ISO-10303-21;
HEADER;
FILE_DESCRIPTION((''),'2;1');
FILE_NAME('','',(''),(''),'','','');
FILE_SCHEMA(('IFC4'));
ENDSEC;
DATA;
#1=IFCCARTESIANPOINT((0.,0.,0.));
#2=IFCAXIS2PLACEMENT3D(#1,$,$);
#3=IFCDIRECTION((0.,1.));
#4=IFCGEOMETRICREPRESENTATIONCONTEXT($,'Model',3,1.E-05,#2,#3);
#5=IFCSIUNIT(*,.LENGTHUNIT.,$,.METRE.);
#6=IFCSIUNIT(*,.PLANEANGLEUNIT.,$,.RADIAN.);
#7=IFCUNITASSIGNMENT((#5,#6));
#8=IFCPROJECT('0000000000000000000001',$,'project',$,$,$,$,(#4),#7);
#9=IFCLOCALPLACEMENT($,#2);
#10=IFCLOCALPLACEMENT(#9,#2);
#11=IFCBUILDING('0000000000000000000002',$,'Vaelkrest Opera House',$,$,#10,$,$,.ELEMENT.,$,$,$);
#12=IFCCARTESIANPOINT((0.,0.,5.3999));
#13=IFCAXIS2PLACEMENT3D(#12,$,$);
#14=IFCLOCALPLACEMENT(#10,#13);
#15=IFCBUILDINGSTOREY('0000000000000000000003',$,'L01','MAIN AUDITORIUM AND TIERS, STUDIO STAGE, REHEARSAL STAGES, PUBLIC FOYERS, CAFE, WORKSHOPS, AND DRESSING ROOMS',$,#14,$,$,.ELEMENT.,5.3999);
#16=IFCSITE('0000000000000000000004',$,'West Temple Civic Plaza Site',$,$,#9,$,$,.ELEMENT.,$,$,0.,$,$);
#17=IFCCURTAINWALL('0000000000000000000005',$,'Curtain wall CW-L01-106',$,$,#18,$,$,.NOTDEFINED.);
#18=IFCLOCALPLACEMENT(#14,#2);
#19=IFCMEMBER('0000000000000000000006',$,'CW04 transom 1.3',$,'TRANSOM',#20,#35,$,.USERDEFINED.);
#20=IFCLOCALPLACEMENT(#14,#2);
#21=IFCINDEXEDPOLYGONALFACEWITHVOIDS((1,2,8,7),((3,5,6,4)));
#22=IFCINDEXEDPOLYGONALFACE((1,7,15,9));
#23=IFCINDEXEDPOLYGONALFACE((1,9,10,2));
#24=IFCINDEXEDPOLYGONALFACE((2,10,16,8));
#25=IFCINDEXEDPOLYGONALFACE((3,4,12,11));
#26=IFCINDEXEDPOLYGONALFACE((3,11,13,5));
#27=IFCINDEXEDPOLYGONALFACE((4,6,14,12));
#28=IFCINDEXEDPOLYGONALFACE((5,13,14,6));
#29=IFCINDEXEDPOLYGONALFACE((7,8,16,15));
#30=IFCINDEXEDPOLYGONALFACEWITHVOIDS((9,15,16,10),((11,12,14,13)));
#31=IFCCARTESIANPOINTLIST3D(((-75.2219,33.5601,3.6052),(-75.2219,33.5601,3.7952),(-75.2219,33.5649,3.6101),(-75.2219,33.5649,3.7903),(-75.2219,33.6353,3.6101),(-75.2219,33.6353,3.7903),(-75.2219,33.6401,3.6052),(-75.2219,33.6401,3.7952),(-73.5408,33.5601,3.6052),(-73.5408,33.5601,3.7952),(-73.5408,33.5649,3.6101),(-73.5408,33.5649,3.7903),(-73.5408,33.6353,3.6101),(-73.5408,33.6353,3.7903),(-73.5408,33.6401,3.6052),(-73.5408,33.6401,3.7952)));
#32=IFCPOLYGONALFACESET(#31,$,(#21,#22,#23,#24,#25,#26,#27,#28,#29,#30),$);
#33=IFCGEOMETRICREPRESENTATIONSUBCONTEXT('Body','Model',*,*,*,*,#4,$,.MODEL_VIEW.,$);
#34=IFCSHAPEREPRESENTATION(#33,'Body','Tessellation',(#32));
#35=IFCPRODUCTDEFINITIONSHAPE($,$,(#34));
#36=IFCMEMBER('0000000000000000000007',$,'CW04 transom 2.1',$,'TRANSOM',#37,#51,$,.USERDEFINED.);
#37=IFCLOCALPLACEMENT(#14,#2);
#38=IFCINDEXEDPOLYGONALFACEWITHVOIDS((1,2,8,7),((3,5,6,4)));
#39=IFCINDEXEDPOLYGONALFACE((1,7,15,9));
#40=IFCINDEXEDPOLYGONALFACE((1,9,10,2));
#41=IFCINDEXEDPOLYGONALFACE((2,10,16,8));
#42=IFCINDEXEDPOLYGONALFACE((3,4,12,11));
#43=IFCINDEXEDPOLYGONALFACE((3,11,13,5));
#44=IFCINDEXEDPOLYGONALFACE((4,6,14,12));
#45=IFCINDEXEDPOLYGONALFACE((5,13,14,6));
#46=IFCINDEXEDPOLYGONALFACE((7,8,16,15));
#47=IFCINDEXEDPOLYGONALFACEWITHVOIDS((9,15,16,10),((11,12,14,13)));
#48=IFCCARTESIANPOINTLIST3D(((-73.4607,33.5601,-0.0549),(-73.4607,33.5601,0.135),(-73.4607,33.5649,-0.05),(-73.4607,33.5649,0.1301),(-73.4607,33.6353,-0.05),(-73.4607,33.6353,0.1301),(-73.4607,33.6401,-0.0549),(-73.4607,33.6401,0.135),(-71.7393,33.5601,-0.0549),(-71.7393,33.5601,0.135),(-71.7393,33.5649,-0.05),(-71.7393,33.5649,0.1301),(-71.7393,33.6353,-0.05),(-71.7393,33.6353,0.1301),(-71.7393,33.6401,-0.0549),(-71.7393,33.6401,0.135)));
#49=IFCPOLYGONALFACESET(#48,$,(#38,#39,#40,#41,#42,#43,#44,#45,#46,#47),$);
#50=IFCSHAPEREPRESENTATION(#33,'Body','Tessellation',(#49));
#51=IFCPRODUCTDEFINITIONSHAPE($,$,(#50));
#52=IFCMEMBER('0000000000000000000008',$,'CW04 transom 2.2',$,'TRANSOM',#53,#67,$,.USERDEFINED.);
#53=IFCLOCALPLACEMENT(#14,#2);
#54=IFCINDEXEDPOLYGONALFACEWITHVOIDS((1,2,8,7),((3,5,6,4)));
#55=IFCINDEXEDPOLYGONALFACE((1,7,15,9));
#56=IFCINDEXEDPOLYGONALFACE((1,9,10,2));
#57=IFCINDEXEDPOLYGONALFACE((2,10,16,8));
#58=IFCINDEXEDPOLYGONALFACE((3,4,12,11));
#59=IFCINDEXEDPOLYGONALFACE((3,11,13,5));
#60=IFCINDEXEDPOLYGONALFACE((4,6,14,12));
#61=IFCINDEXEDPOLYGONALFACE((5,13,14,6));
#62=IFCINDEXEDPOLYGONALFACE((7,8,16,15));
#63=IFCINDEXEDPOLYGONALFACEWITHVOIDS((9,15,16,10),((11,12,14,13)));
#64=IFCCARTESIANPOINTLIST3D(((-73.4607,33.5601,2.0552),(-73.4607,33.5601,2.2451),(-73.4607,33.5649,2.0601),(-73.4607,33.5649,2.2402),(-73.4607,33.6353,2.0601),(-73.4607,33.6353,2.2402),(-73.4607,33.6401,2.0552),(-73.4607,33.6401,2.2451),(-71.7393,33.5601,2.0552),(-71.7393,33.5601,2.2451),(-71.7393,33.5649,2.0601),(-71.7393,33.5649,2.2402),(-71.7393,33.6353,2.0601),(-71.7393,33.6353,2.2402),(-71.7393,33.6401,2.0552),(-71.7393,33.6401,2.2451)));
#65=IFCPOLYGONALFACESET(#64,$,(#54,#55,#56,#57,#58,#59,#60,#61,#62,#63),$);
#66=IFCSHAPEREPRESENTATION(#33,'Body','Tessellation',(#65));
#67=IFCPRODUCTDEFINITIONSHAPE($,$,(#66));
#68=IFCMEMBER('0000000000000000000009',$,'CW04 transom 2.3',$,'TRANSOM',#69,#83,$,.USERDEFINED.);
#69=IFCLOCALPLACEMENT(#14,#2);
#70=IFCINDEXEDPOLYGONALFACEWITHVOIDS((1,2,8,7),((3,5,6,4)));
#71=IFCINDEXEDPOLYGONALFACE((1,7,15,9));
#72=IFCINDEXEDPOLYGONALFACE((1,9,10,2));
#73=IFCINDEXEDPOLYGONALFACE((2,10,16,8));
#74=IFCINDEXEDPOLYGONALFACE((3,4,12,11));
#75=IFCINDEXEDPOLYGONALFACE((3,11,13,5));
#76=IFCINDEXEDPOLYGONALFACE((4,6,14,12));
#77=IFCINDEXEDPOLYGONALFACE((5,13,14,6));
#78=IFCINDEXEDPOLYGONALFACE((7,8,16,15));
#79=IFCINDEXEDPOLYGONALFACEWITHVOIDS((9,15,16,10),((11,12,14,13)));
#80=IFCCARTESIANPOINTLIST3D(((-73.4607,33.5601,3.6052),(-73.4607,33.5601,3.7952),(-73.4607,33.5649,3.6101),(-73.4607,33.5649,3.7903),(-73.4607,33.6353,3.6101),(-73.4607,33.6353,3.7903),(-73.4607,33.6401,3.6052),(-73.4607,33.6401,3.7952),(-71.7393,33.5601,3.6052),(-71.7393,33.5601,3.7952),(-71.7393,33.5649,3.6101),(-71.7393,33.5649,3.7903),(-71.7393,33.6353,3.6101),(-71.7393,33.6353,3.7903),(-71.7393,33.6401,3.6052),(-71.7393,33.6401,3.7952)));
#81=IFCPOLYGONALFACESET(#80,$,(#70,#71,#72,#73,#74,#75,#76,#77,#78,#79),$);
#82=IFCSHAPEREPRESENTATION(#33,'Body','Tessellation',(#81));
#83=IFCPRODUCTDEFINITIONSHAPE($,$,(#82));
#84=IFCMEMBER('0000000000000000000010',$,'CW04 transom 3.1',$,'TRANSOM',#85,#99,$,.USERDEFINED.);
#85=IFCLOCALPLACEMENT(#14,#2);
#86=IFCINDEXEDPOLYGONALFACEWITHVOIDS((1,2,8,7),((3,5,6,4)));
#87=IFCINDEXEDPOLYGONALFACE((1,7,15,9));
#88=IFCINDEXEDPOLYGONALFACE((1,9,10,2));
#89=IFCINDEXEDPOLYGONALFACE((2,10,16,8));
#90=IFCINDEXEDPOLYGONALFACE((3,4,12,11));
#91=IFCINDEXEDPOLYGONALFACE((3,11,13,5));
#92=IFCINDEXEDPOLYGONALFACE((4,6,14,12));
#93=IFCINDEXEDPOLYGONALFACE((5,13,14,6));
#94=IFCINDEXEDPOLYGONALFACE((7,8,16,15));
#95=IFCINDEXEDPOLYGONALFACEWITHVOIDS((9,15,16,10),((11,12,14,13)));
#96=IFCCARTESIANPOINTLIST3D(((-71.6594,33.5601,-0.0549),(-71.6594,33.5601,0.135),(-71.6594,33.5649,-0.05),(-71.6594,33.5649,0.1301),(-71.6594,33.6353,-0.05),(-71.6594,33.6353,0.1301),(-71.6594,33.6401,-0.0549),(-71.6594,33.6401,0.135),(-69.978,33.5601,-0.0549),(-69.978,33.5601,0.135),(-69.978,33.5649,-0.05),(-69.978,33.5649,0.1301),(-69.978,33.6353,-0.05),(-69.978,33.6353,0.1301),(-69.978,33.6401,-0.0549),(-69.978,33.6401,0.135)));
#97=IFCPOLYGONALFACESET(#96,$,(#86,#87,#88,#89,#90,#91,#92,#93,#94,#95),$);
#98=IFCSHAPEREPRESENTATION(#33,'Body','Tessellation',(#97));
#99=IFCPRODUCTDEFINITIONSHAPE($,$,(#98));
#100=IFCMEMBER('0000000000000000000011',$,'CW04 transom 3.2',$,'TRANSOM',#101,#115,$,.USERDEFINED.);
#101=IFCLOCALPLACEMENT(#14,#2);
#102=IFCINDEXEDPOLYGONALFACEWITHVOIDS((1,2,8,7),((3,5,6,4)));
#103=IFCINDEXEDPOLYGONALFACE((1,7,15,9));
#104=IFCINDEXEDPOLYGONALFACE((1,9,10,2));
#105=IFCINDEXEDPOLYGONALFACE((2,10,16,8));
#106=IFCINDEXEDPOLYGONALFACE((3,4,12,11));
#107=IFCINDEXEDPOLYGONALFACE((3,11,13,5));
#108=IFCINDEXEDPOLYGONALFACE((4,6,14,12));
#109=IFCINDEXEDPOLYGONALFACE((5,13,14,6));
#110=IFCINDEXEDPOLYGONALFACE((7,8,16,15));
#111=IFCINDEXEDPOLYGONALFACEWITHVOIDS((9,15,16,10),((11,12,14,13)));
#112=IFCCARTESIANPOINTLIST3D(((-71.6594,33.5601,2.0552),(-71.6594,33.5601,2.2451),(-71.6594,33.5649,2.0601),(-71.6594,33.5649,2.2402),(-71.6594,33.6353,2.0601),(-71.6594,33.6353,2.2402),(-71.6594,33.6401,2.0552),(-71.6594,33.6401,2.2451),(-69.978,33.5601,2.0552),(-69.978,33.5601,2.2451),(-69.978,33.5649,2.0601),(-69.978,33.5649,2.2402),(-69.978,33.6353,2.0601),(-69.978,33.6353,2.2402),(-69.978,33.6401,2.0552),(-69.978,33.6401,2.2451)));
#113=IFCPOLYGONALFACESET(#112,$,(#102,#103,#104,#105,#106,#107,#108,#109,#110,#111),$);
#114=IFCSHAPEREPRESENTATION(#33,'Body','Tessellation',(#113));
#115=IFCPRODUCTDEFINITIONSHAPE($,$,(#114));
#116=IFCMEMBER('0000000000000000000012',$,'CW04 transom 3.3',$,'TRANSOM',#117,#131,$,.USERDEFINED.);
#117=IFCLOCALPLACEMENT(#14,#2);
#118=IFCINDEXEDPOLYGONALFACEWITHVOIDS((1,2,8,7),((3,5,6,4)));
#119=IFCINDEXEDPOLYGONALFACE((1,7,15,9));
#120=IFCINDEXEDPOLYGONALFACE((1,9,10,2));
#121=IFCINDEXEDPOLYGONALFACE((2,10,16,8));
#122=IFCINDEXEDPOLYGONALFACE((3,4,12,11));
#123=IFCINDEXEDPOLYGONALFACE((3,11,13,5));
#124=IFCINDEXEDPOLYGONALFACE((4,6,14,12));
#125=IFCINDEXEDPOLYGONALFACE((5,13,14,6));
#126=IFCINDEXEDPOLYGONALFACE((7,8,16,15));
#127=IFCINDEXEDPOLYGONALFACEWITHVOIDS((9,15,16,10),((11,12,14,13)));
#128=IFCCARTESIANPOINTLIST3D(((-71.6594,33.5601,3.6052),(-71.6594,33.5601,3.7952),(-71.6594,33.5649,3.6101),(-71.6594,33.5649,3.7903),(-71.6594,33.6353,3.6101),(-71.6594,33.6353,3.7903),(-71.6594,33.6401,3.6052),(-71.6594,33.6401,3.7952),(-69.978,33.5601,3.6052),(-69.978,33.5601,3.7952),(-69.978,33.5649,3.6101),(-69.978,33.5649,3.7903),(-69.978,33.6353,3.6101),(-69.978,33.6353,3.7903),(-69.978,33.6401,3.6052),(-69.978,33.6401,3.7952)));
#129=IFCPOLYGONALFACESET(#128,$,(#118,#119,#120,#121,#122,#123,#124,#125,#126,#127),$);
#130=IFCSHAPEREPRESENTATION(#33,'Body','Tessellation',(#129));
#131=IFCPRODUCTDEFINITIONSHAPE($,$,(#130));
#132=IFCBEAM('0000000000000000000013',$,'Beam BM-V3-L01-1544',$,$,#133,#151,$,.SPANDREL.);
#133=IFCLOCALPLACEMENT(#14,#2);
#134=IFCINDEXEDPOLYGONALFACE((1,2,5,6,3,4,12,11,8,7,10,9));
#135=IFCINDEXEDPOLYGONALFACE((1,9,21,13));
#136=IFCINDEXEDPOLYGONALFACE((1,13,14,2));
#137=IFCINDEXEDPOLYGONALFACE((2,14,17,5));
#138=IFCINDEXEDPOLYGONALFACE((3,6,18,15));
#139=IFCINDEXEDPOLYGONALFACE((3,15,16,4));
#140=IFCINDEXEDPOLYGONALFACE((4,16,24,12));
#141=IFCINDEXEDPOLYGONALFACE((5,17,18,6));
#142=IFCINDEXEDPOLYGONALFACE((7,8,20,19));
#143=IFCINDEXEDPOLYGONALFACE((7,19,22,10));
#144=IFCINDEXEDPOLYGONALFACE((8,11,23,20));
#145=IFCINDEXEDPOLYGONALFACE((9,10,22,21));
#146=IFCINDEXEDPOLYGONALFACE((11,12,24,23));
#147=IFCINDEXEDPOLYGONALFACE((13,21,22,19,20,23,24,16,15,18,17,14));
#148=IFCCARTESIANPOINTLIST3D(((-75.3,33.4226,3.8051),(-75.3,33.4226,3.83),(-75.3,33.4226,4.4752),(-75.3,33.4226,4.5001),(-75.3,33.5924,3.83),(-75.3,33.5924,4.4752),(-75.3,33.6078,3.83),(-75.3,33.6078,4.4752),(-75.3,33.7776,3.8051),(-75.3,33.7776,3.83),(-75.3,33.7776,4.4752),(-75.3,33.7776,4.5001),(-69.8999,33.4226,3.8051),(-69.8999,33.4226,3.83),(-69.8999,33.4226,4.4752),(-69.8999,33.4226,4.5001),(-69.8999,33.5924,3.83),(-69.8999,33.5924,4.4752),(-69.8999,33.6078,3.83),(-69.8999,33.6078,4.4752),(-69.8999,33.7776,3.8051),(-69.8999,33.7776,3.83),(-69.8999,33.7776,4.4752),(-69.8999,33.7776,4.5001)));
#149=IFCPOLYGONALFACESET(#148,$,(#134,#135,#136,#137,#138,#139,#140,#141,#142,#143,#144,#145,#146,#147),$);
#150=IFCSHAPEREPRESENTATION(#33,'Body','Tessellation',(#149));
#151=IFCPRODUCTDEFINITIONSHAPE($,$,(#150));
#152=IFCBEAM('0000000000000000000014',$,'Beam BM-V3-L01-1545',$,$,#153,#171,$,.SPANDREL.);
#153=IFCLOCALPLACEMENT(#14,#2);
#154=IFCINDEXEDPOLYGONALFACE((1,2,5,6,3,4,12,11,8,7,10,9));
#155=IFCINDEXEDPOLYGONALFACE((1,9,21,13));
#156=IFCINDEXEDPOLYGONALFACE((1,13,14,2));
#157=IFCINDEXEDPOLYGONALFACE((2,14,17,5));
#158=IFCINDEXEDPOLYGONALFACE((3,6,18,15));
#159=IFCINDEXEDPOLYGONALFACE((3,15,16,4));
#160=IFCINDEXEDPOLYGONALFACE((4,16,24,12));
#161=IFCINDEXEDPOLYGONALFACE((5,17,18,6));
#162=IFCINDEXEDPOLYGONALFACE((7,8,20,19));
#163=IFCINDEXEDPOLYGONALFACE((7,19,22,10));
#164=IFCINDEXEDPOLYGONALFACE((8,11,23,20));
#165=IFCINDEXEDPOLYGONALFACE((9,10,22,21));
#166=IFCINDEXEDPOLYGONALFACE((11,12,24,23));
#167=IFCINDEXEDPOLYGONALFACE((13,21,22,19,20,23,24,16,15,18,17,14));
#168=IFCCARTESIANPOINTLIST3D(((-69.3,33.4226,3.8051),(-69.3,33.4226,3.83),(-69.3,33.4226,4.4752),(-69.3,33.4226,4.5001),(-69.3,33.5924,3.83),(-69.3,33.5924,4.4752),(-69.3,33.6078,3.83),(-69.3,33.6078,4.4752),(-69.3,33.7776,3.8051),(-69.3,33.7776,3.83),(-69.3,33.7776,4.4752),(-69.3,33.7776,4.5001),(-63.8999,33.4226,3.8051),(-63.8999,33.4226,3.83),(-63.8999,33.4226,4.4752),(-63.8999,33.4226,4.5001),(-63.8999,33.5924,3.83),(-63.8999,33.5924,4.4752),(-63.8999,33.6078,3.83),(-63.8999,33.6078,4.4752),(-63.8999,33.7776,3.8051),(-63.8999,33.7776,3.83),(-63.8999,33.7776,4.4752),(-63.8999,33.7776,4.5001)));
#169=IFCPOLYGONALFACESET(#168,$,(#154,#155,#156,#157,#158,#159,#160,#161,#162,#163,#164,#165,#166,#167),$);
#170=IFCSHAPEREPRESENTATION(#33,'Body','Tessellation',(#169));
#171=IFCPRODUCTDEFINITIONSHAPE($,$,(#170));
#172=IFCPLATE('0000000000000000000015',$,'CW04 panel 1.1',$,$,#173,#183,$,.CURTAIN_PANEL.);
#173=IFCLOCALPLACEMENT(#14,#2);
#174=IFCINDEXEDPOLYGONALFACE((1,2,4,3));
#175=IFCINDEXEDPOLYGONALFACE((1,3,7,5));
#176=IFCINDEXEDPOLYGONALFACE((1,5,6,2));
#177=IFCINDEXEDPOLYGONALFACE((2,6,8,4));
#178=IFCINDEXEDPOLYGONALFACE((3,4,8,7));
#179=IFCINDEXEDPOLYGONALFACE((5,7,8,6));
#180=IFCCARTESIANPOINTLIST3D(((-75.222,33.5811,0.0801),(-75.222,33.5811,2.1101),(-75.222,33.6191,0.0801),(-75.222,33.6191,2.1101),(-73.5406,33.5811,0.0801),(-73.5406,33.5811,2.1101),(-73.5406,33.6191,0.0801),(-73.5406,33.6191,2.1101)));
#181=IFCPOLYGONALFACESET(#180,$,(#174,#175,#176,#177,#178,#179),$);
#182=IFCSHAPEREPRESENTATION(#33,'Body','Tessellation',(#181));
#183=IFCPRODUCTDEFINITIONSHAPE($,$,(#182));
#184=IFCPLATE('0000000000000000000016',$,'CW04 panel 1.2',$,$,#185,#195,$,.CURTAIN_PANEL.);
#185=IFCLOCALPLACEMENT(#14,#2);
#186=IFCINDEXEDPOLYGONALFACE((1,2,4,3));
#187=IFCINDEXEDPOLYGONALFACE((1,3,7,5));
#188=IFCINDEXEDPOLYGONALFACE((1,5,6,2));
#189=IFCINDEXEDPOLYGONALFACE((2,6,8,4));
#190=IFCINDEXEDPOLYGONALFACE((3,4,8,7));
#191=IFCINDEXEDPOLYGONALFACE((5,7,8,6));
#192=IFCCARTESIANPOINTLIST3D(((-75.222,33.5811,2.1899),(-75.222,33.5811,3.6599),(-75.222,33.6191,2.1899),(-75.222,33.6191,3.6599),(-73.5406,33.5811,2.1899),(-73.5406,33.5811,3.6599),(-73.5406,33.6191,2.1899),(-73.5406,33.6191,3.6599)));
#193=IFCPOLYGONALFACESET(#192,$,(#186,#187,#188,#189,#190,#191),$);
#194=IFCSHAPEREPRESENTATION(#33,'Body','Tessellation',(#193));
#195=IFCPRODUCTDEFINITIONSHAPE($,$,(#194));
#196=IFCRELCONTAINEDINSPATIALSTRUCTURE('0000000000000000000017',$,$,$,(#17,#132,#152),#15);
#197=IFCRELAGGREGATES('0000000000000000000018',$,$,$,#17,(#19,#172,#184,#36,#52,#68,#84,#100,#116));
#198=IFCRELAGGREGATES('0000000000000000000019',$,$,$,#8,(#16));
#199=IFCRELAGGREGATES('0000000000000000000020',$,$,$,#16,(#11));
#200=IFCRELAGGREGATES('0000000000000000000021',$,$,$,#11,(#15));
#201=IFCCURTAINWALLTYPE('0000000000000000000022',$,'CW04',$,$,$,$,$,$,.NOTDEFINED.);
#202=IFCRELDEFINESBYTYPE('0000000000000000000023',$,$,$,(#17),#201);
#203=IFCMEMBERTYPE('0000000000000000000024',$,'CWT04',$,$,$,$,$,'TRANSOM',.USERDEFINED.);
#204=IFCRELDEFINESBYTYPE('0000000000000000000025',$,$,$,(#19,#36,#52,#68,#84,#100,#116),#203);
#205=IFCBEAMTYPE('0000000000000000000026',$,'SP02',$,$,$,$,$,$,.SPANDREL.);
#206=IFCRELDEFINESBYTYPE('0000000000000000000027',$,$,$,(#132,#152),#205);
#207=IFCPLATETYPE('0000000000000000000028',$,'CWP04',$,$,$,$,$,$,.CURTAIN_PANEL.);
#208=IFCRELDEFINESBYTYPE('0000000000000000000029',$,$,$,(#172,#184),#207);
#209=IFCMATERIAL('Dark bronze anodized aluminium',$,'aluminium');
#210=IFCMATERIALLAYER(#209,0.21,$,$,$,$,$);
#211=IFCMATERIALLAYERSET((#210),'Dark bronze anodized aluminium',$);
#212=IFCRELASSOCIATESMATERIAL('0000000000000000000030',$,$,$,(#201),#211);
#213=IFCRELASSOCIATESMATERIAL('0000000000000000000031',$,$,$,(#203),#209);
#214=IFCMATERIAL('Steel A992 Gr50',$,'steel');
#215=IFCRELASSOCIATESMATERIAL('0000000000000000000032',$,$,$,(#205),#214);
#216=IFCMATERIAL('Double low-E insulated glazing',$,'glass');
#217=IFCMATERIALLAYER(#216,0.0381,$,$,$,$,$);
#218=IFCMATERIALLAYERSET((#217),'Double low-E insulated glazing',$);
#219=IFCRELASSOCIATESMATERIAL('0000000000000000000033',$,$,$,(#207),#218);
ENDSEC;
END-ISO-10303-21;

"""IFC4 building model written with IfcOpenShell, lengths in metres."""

from ifc_helpers import new_model, si_unit, direction, frame, origin, origin_2d, place, context, subcontext, project, spatial, rectangle, hollow_rectangle, i_section, extrude, material, layer, layer_set, material_profile, profile_set, type_object, element, aggregate, save


model = new_model("IFC4")

# Units and contexts
model_context = context("Model", 3, precision=1e-05, world=origin(), true_north=direction((0.0, 1.0)))
body_context = subcontext(model_context, "Body", "Model", "MODEL_VIEW")
ifc_project = project(units=[si_unit("LENGTHUNIT", "METRE"), si_unit("PLANEANGLEUNIT", "RADIAN")], contexts=[model_context])

# Site, building, storey
site_placement = place(None, origin())
site = spatial("IfcSite", under=ifc_project, at=site_placement, Name="West Temple Civic Plaza Site", CompositionType="ELEMENT", RefElevation=0.0)
building_placement = place(site_placement, origin())
building = spatial("IfcBuilding", under=site, at=building_placement, Name="Vaelkrest Opera House", CompositionType="ELEMENT")
storey_placement = place(building_placement, frame((0.0, 0.0, 5.3999)))
storey = spatial("IfcBuildingStorey", under=building, at=storey_placement, Name="L01", Description="MAIN AUDITORIUM AND TIERS, STUDIO STAGE, REHEARSAL STAGES, PUBLIC FOYERS, CAFE, WORKSHOPS, AND DRESSING ROOMS", CompositionType="ELEMENT", Elevation=5.3999)

# Shared definitions
ifc_material_1 = material(Name="Dark bronze anodized aluminium", Category="aluminium")

# Curtain wall
ifc_layer_1 = layer(ifc_material_1, 0.21)
ifc_layer_set_1 = layer_set([ifc_layer_1], Name="Dark bronze anodized aluminium")
curtain_wall_type_1 = type_object("IfcCurtainWallType", Name="CW04", PredefinedType="NOTDEFINED", material=ifc_layer_set_1)
curtain_wall_1_placement = place(storey_placement, origin())
curtain_wall_1 = element("IfcCurtainWall", 1, at=curtain_wall_1_placement, inside=storey, type_object=curtain_wall_type_1, Name="Curtain wall CW-L01-106", PredefinedType="NOTDEFINED")

# Members
ifc_material_profile_1 = material_profile(ifc_material_1, hollow_rectangle(XDim=0.0801, YDim=0.1899, WallThickness=0.0049, at=origin_2d()), Name="CWT80X190")
ifc_profile_set_1 = profile_set([ifc_material_profile_1], Name="Dark bronze anodized aluminium")
member_type_1 = type_object("IfcMemberType", Name="CWT04", ElementType="TRANSOM", PredefinedType="USERDEFINED", material=ifc_profile_set_1)
member_1_placement = place(storey_placement, frame((-75.2219, 33.6001, 3.7002), z_axis=(1.0, 0.0, 0.0), x_axis=(0.0, 1.0, 0.0)))
member_1 = element("IfcMember", 2, at=member_1_placement, type_object=member_type_1, Name="CW04 transom 1.3", ObjectType="TRANSOM", PredefinedType="USERDEFINED", context=body_context, shape_type="SweptSolid", body=[
    extrude(hollow_rectangle(XDim=0.0801, YDim=0.1899, WallThickness=0.0049, at=origin_2d()), origin(), (0.0, 0.0, 1.0), 1.6812),
])
member_2_placement = place(storey_placement, frame((-73.4607, 33.6001, 0.04), z_axis=(1.0, 0.0, 0.0), x_axis=(0.0, 1.0, 0.0)))
member_2 = element("IfcMember", 3, at=member_2_placement, type_object=member_type_1, Name="CW04 transom 2.1", ObjectType="TRANSOM", PredefinedType="USERDEFINED", context=body_context, shape_type="SweptSolid", body=[
    extrude(hollow_rectangle(XDim=0.0801, YDim=0.1899, WallThickness=0.0049, at=origin_2d()), origin(), (0.0, 0.0, 1.0), 1.7214),
])
member_3_placement = place(storey_placement, frame((-73.4607, 33.6001, 2.1501), z_axis=(1.0, 0.0, 0.0), x_axis=(0.0, 1.0, 0.0)))
member_3 = element("IfcMember", 4, at=member_3_placement, type_object=member_type_1, Name="CW04 transom 2.2", ObjectType="TRANSOM", PredefinedType="USERDEFINED", context=body_context, shape_type="SweptSolid", body=[
    extrude(hollow_rectangle(XDim=0.0801, YDim=0.1899, WallThickness=0.0049, at=origin_2d()), origin(), (0.0, 0.0, 1.0), 1.7214),
])
member_4_placement = place(storey_placement, frame((-73.4607, 33.6001, 3.7002), z_axis=(1.0, 0.0, 0.0), x_axis=(0.0, 1.0, 0.0)))
member_4 = element("IfcMember", 5, at=member_4_placement, type_object=member_type_1, Name="CW04 transom 2.3", ObjectType="TRANSOM", PredefinedType="USERDEFINED", context=body_context, shape_type="SweptSolid", body=[
    extrude(hollow_rectangle(XDim=0.0801, YDim=0.1899, WallThickness=0.0049, at=origin_2d()), origin(), (0.0, 0.0, 1.0), 1.7214),
])
member_5_placement = place(storey_placement, frame((-71.6594, 33.6001, 0.04), z_axis=(1.0, 0.0, 0.0), x_axis=(0.0, 1.0, 0.0)))
member_5 = element("IfcMember", 6, at=member_5_placement, type_object=member_type_1, Name="CW04 transom 3.1", ObjectType="TRANSOM", PredefinedType="USERDEFINED", context=body_context, shape_type="SweptSolid", body=[
    extrude(hollow_rectangle(XDim=0.0801, YDim=0.1899, WallThickness=0.0049, at=origin_2d()), origin(), (0.0, 0.0, 1.0), 1.6814),
])
member_6_placement = place(storey_placement, frame((-71.6594, 33.6001, 2.1501), z_axis=(1.0, 0.0, 0.0), x_axis=(0.0, 1.0, 0.0)))
member_6 = element("IfcMember", 7, at=member_6_placement, type_object=member_type_1, Name="CW04 transom 3.2", ObjectType="TRANSOM", PredefinedType="USERDEFINED", context=body_context, shape_type="SweptSolid", body=[
    extrude(hollow_rectangle(XDim=0.0801, YDim=0.1899, WallThickness=0.0049, at=origin_2d()), origin(), (0.0, 0.0, 1.0), 1.6814),
])
member_7_placement = place(storey_placement, frame((-71.6594, 33.6001, 3.7002), z_axis=(1.0, 0.0, 0.0), x_axis=(0.0, 1.0, 0.0)))
member_7 = element("IfcMember", 8, at=member_7_placement, type_object=member_type_1, Name="CW04 transom 3.3", ObjectType="TRANSOM", PredefinedType="USERDEFINED", context=body_context, shape_type="SweptSolid", body=[
    extrude(hollow_rectangle(XDim=0.0801, YDim=0.1899, WallThickness=0.0049, at=origin_2d()), origin(), (0.0, 0.0, 1.0), 1.6814),
])

# Beams
ifc_material_2 = material(Name="Steel A992 Gr50", Category="steel")
ifc_material_profile_2 = material_profile(ifc_material_2, i_section(OverallWidth=0.355, OverallDepth=0.6951, WebThickness=0.0154, FlangeThickness=0.0249, at=origin_2d()), Name="W27X146")
ifc_profile_set_2 = profile_set([ifc_material_profile_2], Name="Steel A992 Gr50")
beam_type = type_object("IfcBeamType", Name="SP02", PredefinedType="SPANDREL", material=ifc_profile_set_2)
for number, where, z_axis, x_axis, name in (
    (9, (-75.3, 33.6001, 4.1526), (1.0, 0.0, 0.0), (0.0, 1.0, 0.0), "Beam BM-V3-L01-1544"),
    (10, (-69.3, 33.6001, 4.1526), (1.0, 0.0, 0.0), (0.0, 1.0, 0.0), "Beam BM-V3-L01-1545"),
):
    element("IfcBeam", number, at=place(storey_placement, frame(where, z_axis=z_axis, x_axis=x_axis)), inside=storey, type_object=beam_type, Name=name, PredefinedType="SPANDREL", context=body_context, shape_type="SweptSolid", body=[
        extrude(i_section(OverallWidth=0.355, OverallDepth=0.6951, WebThickness=0.0154, FlangeThickness=0.0249, at=origin_2d()), origin(), (0.0, 0.0, 1.0), 5.4001),
    ])

# Plates
ifc_material_3 = material(Name="Double low-E insulated glazing", Category="glass")
ifc_layer_2 = layer(ifc_material_3, 0.0381)
ifc_layer_set_2 = layer_set([ifc_layer_2], Name="Double low-E insulated glazing")
plate_type_1 = type_object("IfcPlateType", Name="CWP04", PredefinedType="CURTAIN_PANEL", material=ifc_layer_set_2)
plate_1_placement = place(storey_placement, frame((-74.3813, 33.6001, 0.0801), z_axis=(0.0, 0.0, 1.0), x_axis=(1.0, 0.0, 0.0)))
plate_1 = element("IfcPlate", 11, at=plate_1_placement, type_object=plate_type_1, Name="CW04 panel 1.1", PredefinedType="CURTAIN_PANEL", context=body_context, shape_type="SweptSolid", body=[
    extrude(rectangle(XDim=1.6814, YDim=0.0381, at=origin_2d()), origin(), (0.0, 0.0, 1.0), 2.03),
])
plate_2_placement = place(storey_placement, frame((-74.3813, 33.6001, 2.1899), z_axis=(0.0, 0.0, 1.0), x_axis=(1.0, 0.0, 0.0)))
plate_2 = element("IfcPlate", 12, at=plate_2_placement, type_object=plate_type_1, Name="CW04 panel 1.2", PredefinedType="CURTAIN_PANEL", context=body_context, shape_type="SweptSolid", body=[
    extrude(rectangle(XDim=1.6814, YDim=0.0381, at=origin_2d()), origin(), (0.0, 0.0, 1.0), 1.47),
])
aggregate(curtain_wall_1, [member_1, plate_1, plate_2, member_2, member_3, member_4, member_5, member_6, member_7])

save(model, "model.ifc")
